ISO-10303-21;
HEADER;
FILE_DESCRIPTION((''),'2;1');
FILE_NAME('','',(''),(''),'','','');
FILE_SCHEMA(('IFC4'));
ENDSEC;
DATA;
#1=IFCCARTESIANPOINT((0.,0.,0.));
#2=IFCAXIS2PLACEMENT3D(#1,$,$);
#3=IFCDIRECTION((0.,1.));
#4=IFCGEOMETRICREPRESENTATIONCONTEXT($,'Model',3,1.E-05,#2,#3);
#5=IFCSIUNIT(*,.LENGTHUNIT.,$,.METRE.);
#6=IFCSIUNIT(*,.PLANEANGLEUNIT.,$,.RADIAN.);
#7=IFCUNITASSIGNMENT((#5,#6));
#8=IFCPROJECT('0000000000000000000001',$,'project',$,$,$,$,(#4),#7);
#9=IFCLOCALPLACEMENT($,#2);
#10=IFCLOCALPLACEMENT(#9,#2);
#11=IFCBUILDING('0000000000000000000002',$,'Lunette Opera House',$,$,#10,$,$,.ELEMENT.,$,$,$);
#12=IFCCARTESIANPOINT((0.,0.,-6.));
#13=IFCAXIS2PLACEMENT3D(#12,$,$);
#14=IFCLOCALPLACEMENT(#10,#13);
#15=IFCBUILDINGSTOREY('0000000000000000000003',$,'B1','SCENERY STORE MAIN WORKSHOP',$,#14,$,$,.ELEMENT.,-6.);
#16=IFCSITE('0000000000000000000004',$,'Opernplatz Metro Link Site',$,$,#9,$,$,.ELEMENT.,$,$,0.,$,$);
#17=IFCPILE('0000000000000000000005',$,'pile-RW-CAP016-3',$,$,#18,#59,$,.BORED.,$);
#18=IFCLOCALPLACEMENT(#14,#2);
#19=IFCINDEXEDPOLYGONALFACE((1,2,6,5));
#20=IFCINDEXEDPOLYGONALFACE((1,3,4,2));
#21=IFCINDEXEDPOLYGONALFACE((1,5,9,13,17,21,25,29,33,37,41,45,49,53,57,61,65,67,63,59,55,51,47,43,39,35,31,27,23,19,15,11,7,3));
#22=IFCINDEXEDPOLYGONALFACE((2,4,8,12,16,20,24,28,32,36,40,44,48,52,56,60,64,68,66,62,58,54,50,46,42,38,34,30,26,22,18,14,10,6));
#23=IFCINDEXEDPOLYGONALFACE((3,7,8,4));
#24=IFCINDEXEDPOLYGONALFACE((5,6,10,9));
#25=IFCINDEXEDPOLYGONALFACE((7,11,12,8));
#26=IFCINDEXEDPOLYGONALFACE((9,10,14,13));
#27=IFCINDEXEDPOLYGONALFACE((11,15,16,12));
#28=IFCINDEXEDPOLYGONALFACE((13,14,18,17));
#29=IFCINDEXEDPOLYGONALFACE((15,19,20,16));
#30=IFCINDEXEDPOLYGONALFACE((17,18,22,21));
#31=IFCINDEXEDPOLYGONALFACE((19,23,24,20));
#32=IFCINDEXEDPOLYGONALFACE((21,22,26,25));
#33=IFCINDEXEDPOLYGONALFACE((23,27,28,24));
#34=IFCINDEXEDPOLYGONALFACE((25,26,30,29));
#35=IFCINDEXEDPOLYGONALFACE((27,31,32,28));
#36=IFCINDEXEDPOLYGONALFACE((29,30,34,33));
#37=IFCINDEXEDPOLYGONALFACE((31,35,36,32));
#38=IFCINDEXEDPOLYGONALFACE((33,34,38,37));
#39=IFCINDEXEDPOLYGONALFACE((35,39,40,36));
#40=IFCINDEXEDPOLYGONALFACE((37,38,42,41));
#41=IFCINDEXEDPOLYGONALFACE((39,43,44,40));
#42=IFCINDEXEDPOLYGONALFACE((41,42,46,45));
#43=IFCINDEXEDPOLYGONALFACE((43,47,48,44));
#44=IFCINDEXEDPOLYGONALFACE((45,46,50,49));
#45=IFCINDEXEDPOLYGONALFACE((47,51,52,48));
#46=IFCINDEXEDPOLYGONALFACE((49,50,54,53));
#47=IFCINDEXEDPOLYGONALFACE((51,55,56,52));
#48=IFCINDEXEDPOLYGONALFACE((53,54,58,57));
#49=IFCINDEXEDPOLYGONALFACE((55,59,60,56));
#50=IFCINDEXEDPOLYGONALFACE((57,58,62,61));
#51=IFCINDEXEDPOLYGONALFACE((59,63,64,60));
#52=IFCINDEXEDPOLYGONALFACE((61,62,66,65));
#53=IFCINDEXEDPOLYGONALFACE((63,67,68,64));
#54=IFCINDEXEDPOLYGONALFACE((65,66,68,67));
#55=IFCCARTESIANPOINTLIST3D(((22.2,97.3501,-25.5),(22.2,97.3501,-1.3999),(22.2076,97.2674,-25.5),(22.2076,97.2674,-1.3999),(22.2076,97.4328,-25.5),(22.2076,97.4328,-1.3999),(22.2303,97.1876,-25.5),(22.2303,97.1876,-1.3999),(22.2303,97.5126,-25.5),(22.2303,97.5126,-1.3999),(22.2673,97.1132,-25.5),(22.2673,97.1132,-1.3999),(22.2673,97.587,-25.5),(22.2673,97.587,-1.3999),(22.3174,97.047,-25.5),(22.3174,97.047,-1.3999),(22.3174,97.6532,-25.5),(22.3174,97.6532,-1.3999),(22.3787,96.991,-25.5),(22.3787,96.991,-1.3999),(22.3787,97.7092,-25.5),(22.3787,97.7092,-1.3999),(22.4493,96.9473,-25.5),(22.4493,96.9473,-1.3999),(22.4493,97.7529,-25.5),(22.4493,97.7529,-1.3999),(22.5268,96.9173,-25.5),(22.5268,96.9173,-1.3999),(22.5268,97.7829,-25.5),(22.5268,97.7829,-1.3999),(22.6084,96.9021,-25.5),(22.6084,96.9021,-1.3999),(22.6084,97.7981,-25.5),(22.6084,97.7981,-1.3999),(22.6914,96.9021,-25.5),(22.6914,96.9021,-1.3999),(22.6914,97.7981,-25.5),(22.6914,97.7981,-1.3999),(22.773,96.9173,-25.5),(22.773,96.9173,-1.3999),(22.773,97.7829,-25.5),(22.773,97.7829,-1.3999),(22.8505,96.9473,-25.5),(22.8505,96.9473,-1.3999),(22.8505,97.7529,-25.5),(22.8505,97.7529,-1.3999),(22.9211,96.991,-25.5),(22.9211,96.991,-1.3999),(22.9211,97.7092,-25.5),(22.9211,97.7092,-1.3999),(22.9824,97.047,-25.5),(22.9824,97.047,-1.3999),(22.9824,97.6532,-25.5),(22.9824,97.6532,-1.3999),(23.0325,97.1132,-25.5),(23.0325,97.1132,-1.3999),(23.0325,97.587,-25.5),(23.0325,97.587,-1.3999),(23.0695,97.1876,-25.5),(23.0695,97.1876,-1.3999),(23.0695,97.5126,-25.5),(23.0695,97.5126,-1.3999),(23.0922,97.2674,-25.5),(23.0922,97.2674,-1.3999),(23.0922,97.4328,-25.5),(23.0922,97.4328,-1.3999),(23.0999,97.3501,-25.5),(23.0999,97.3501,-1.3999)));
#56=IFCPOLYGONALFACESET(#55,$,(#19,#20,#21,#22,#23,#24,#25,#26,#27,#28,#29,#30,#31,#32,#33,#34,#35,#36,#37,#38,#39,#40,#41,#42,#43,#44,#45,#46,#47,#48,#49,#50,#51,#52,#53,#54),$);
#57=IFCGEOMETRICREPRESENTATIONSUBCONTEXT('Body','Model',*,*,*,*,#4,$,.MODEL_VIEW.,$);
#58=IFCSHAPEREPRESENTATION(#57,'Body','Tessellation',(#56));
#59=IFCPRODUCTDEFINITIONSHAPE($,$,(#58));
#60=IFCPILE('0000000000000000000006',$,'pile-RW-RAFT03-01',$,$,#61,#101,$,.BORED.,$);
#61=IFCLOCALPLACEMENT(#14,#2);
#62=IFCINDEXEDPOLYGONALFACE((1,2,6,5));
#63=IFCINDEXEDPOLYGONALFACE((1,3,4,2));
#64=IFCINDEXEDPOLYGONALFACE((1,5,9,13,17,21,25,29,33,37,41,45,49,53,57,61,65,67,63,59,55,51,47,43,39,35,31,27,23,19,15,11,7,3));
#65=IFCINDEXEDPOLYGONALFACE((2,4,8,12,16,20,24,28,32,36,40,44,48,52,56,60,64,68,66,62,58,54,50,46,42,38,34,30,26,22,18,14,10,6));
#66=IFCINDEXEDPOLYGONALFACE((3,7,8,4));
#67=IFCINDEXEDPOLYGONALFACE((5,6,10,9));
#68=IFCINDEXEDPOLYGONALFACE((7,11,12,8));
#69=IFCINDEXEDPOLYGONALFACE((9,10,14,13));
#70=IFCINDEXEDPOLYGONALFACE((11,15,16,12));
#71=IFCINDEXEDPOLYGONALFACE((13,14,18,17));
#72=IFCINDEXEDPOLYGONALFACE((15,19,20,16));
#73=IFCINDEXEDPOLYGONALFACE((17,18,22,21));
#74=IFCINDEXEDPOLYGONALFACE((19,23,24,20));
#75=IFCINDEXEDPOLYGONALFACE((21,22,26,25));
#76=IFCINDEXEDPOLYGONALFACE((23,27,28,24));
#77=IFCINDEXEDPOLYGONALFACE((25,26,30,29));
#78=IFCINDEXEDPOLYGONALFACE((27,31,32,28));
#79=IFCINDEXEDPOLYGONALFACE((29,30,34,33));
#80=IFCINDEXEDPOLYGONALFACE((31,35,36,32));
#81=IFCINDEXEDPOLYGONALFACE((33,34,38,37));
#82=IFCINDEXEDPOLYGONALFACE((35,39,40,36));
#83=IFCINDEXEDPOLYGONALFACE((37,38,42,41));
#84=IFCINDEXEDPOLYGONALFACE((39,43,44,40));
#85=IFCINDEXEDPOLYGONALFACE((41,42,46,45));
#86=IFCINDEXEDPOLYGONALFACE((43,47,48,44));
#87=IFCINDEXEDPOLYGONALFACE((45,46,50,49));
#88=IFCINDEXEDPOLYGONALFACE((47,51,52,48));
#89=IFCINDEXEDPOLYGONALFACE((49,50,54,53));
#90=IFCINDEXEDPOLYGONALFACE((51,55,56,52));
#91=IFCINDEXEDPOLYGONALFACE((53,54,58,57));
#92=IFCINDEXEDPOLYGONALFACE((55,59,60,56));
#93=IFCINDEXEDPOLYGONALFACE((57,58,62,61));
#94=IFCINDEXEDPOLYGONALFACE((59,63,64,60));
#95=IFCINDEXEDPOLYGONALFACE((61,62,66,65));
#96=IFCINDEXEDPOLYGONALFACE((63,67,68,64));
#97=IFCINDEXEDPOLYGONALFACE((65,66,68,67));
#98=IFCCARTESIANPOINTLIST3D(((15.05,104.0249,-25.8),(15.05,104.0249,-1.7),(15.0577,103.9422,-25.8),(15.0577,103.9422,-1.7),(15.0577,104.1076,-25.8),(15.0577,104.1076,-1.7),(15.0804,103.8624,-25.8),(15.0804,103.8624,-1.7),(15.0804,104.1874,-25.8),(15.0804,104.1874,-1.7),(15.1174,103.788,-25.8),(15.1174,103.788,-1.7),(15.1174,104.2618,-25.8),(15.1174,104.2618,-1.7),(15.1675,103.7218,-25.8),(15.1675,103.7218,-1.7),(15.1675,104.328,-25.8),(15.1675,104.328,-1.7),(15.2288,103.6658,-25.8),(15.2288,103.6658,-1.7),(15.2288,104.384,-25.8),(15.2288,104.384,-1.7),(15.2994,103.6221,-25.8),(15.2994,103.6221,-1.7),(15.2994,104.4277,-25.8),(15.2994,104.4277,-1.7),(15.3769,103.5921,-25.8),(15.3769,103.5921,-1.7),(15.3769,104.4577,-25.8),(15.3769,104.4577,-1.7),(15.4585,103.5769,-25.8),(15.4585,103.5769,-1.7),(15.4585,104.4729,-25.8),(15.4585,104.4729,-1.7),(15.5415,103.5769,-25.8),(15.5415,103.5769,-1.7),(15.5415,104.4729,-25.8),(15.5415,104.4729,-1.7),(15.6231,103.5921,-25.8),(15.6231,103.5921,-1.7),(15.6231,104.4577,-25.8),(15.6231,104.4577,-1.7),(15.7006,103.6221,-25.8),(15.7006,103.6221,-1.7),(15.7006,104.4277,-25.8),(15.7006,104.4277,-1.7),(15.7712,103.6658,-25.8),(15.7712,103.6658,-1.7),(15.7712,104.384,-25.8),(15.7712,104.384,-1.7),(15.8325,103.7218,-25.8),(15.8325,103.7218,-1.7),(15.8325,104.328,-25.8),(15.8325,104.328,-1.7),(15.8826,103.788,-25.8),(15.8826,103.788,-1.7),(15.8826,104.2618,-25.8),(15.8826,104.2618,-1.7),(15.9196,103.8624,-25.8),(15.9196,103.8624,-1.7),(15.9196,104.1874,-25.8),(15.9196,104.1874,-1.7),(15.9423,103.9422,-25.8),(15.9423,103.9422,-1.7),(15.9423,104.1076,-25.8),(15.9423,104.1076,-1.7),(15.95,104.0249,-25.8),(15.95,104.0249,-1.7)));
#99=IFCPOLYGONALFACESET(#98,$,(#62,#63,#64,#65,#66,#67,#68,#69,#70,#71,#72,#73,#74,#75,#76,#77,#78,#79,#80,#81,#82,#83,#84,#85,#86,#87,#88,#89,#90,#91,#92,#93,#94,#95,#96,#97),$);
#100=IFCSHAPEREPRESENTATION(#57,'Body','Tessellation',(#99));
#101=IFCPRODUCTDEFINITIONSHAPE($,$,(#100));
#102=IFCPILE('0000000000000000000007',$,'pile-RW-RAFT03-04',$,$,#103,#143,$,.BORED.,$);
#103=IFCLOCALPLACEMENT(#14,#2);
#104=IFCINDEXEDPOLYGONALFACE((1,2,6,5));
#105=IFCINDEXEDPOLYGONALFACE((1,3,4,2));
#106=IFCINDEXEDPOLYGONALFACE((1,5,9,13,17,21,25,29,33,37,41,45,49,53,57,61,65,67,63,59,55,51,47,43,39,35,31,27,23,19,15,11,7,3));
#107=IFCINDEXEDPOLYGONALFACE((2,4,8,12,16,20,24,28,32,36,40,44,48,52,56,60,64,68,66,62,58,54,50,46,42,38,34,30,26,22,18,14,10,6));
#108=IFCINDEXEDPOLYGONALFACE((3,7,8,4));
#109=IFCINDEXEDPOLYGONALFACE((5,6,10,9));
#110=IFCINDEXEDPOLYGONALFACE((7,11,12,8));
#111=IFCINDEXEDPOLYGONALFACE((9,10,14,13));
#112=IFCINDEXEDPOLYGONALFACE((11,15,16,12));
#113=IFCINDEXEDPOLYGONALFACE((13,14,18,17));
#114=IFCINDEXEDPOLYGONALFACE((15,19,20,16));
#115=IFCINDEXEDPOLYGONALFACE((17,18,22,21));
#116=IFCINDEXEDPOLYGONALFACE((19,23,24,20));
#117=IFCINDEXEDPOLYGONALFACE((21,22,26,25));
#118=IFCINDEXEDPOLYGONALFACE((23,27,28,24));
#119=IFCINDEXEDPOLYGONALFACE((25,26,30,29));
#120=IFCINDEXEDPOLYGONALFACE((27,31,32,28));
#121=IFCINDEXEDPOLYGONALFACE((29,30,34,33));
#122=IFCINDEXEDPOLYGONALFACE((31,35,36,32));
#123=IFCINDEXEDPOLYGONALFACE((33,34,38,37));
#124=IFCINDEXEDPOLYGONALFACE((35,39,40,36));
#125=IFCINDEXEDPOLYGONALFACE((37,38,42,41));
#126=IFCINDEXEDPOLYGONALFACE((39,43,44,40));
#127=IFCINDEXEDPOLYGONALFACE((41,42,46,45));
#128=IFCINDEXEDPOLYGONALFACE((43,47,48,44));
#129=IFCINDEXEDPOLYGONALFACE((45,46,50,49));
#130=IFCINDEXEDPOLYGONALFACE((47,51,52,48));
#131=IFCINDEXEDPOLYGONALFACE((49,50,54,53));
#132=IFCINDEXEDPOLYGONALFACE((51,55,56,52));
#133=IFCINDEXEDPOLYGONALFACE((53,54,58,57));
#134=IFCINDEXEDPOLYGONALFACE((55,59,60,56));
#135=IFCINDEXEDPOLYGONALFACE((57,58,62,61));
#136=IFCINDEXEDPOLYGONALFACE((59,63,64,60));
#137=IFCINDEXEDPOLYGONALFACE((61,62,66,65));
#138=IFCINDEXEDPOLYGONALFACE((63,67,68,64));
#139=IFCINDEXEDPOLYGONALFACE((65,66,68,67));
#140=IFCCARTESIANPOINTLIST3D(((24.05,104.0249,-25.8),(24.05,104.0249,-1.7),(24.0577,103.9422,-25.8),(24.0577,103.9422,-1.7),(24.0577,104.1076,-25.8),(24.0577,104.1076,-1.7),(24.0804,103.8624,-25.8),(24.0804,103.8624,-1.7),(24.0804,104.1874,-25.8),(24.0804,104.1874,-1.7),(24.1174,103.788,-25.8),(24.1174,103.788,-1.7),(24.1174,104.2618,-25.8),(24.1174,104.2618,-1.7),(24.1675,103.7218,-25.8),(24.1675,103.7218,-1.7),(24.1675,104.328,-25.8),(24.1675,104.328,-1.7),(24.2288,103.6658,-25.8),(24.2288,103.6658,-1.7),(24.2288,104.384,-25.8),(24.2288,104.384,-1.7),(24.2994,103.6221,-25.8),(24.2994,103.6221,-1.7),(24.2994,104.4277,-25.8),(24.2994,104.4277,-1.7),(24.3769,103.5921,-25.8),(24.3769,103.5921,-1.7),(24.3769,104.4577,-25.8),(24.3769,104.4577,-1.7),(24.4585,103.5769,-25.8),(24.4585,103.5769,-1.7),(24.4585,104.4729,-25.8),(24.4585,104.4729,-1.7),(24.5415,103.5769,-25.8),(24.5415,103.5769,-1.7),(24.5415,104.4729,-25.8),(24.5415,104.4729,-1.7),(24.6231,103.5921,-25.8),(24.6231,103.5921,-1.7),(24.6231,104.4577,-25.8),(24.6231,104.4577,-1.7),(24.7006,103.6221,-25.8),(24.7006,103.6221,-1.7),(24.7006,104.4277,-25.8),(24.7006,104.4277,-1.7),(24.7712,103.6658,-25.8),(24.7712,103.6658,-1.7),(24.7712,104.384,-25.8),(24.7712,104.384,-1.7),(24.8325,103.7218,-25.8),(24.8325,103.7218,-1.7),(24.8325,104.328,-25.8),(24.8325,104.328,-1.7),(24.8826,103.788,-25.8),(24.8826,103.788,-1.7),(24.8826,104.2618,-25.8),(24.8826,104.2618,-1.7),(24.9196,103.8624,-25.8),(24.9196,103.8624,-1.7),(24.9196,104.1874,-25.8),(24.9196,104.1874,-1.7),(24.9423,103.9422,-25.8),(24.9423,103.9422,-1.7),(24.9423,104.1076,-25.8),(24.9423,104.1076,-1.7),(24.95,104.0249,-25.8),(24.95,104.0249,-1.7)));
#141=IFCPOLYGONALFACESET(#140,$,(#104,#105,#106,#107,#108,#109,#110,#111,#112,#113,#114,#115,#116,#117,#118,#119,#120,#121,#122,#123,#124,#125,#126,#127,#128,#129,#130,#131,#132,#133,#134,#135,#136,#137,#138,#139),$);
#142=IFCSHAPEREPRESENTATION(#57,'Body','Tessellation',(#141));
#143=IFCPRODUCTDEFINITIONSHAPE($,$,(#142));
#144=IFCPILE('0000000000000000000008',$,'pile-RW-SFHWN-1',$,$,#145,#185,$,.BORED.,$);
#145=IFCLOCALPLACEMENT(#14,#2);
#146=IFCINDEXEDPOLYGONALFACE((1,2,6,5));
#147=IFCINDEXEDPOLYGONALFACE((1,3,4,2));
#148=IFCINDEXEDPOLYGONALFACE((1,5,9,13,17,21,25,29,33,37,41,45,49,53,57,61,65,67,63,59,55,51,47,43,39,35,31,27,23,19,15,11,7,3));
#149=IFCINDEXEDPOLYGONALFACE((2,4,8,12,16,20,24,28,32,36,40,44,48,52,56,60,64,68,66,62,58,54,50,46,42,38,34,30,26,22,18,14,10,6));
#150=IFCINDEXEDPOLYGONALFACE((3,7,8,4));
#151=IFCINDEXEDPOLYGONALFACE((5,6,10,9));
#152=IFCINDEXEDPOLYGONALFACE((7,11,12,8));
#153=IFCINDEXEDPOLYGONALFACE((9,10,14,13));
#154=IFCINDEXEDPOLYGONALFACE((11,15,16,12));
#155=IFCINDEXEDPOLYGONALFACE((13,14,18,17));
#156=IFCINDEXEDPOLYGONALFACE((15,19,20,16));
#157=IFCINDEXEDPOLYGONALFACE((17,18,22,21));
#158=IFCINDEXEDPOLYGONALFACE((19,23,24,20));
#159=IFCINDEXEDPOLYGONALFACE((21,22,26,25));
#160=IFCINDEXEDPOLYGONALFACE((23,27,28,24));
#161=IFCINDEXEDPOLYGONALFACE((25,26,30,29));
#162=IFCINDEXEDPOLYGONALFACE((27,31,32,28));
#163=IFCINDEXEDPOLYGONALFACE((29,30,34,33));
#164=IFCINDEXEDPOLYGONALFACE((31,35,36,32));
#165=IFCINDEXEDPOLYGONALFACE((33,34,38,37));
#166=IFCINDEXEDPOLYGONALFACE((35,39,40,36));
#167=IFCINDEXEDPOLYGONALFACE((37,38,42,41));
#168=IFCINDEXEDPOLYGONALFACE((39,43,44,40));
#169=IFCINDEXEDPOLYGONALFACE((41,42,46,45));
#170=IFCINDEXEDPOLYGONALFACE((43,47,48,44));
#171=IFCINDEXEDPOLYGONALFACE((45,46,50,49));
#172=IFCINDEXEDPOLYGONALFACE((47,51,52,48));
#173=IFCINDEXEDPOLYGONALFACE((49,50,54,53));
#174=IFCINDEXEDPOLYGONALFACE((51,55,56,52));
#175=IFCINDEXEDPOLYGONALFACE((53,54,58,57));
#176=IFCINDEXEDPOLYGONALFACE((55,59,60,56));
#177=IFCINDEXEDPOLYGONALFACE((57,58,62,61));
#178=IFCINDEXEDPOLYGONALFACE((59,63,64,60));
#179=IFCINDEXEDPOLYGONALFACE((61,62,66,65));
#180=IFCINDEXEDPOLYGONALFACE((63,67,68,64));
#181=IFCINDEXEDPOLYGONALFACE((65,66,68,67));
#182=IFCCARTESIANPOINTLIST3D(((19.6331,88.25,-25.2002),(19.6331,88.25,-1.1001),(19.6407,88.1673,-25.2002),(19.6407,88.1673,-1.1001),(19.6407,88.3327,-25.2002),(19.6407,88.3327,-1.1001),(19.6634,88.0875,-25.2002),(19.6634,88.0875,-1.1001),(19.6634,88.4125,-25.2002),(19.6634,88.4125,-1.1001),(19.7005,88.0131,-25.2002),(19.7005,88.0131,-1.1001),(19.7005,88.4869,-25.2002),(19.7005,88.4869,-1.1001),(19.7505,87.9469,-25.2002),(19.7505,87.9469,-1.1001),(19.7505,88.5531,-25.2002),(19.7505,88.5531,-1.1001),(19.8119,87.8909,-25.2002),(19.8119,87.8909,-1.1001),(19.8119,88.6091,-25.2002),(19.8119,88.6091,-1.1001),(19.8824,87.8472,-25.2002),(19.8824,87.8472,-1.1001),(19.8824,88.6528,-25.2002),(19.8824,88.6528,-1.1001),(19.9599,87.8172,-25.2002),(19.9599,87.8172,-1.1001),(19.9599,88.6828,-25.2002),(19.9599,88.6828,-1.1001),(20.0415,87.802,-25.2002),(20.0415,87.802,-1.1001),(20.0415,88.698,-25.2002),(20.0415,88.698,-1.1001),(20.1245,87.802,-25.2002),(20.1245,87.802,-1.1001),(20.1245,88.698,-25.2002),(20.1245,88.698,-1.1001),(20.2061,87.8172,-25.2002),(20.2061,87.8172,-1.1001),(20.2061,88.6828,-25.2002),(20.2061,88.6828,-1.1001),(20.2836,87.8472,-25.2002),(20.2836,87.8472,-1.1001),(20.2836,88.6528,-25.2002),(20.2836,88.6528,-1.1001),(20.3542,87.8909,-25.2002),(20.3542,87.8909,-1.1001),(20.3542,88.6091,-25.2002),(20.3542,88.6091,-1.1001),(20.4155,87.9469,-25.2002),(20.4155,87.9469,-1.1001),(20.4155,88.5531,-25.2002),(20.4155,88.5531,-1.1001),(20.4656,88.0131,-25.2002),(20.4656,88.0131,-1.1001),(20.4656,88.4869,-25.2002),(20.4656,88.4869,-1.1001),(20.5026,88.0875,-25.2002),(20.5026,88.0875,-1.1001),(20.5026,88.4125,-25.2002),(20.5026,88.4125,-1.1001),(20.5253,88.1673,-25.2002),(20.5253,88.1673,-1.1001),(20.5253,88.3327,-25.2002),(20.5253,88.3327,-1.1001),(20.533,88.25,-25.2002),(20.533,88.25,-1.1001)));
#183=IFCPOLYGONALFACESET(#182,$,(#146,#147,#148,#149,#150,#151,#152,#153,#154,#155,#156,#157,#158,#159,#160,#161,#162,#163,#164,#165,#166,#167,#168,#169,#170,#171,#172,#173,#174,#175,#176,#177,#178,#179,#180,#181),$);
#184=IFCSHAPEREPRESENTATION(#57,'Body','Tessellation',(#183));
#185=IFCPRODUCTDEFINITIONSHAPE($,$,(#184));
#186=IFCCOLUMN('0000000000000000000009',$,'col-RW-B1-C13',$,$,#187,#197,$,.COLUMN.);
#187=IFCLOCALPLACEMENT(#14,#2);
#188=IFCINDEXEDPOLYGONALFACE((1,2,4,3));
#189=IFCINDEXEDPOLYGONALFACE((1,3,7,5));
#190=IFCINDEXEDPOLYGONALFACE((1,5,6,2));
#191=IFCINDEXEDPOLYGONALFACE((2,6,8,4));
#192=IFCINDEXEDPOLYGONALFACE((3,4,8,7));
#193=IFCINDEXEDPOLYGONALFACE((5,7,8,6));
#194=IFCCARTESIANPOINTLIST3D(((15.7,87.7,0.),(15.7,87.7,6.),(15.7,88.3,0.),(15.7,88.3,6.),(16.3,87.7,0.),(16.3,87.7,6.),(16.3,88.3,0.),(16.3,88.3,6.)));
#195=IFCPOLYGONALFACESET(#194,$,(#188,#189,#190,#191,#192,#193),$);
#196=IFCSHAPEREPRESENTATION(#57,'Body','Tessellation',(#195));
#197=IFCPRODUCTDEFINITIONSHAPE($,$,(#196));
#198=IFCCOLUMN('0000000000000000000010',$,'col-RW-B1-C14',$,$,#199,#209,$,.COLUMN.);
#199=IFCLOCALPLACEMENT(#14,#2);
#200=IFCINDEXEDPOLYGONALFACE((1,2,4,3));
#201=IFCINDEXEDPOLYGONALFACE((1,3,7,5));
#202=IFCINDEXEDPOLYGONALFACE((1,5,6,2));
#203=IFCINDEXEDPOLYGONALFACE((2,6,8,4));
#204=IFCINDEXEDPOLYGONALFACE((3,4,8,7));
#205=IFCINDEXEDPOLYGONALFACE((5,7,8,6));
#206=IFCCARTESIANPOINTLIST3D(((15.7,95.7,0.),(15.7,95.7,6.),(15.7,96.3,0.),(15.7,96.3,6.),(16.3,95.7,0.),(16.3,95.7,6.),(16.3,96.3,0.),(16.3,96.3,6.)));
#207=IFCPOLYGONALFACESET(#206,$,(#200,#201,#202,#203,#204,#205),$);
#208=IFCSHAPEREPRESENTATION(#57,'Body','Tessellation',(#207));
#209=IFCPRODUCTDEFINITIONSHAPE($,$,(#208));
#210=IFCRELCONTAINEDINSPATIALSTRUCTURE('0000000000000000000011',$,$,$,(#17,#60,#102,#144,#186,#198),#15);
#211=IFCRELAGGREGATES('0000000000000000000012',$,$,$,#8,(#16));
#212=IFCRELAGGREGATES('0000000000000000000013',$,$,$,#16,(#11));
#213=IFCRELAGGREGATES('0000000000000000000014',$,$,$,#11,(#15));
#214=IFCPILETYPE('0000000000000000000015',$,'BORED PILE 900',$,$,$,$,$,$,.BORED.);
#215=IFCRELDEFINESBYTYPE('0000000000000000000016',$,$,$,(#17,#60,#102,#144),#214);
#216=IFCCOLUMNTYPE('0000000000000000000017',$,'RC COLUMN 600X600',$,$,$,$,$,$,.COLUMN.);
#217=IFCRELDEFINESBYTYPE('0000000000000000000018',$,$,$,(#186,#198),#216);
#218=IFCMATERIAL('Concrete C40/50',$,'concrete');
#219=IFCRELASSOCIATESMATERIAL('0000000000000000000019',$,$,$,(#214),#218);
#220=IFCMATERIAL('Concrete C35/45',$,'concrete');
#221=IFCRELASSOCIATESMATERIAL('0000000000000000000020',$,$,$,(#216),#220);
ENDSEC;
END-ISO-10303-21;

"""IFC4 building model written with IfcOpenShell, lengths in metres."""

from ifc_helpers import new_model, si_unit, direction, frame, origin, origin_2d, place, context, subcontext, project, spatial, rectangle, circle, extrude, material, material_profile, profile_set, type_object, element, save


model = new_model("IFC4")

# Units and contexts
model_context = context("Model", 3, precision=1e-05, world=origin(), true_north=direction((0.0, 1.0)))
body_context = subcontext(model_context, "Body", "Model", "MODEL_VIEW")
ifc_project = project(units=[si_unit("LENGTHUNIT", "METRE"), si_unit("PLANEANGLEUNIT", "RADIAN")], contexts=[model_context])

# Site, building, storey
site_placement = place(None, origin())
site = spatial("IfcSite", under=ifc_project, at=site_placement, Name="Opernplatz Metro Link Site", CompositionType="ELEMENT", RefElevation=0.0)
building_placement = place(site_placement, origin())
building = spatial("IfcBuilding", under=site, at=building_placement, Name="Lunette Opera House", CompositionType="ELEMENT")
storey_placement = place(building_placement, frame((0.0, 0.0, -6.0)))
storey = spatial("IfcBuildingStorey", under=building, at=storey_placement, Name="B1", Description="SCENERY STORE MAIN WORKSHOP", CompositionType="ELEMENT", Elevation=-6.0)

# Piles
ifc_material_1 = material(Name="Concrete C40/50", Category="concrete")
ifc_material_profile_1 = material_profile(ifc_material_1, circle(Radius=0.45, at=origin_2d()), Name="BORED PILE 900")
ifc_profile_set_1 = profile_set([ifc_material_profile_1], Name="Concrete C40/50")
pile_type = type_object("IfcPileType", Name="BORED PILE 900", PredefinedType="BORED", material=ifc_profile_set_1)
for number, where, z_axis, x_axis, name in (
    (1, (22.6499, 97.3501, -1.3999), (0.0, 0.0, -1.0), (1.0, 0.0, 0.0), "pile-RW-CAP016-3"),
    (2, (15.5, 104.0249, -1.7), (0.0, 0.0, -1.0), (1.0, 0.0, 0.0), "pile-RW-RAFT03-01"),
    (3, (24.5, 104.0249, -1.7), (0.0, 0.0, -1.0), (1.0, 0.0, 0.0), "pile-RW-RAFT03-04"),
    (4, (20.083, 88.25, -1.1001), (0.0, 0.0, -1.0), (1.0, 0.0, 0.0), "pile-RW-SFHWN-1"),
):
    element("IfcPile", number, at=place(storey_placement, frame(where, z_axis=z_axis, x_axis=x_axis)), inside=storey, type_object=pile_type, Name=name, PredefinedType="BORED", context=body_context, shape_type="SweptSolid", body=[
        extrude(circle(Radius=0.45, at=origin_2d()), origin(), (0.0, 0.0, 1.0), 24.1001),
    ])

# Columns
ifc_material_2 = material(Name="Concrete C35/45", Category="concrete")
ifc_material_profile_2 = material_profile(ifc_material_2, rectangle(XDim=0.6001, YDim=0.6001, at=origin_2d()), Name="RC COLUMN 600X600")
ifc_profile_set_2 = profile_set([ifc_material_profile_2], Name="Concrete C35/45")
column_type = type_object("IfcColumnType", Name="RC COLUMN 600X600", PredefinedType="COLUMN", material=ifc_profile_set_2)
for number, where, z_axis, x_axis, name in (
    (5, (16.0, 88.0, 0.0), (0.0, 0.0, 1.0), (1.0, 0.0, 0.0), "col-RW-B1-C13"),
    (6, (16.0, 96.0, 0.0), (0.0, 0.0, 1.0), (1.0, 0.0, 0.0), "col-RW-B1-C14"),
):
    element("IfcColumn", number, at=place(storey_placement, frame(where, z_axis=z_axis, x_axis=x_axis)), inside=storey, type_object=column_type, Name=name, PredefinedType="COLUMN", context=body_context, shape_type="SweptSolid", body=[
        extrude(rectangle(XDim=0.6001, YDim=0.6001, at=origin_2d()), origin(), (0.0, 0.0, 1.0), 6.0),
    ])

save(model, "model.ifc")
